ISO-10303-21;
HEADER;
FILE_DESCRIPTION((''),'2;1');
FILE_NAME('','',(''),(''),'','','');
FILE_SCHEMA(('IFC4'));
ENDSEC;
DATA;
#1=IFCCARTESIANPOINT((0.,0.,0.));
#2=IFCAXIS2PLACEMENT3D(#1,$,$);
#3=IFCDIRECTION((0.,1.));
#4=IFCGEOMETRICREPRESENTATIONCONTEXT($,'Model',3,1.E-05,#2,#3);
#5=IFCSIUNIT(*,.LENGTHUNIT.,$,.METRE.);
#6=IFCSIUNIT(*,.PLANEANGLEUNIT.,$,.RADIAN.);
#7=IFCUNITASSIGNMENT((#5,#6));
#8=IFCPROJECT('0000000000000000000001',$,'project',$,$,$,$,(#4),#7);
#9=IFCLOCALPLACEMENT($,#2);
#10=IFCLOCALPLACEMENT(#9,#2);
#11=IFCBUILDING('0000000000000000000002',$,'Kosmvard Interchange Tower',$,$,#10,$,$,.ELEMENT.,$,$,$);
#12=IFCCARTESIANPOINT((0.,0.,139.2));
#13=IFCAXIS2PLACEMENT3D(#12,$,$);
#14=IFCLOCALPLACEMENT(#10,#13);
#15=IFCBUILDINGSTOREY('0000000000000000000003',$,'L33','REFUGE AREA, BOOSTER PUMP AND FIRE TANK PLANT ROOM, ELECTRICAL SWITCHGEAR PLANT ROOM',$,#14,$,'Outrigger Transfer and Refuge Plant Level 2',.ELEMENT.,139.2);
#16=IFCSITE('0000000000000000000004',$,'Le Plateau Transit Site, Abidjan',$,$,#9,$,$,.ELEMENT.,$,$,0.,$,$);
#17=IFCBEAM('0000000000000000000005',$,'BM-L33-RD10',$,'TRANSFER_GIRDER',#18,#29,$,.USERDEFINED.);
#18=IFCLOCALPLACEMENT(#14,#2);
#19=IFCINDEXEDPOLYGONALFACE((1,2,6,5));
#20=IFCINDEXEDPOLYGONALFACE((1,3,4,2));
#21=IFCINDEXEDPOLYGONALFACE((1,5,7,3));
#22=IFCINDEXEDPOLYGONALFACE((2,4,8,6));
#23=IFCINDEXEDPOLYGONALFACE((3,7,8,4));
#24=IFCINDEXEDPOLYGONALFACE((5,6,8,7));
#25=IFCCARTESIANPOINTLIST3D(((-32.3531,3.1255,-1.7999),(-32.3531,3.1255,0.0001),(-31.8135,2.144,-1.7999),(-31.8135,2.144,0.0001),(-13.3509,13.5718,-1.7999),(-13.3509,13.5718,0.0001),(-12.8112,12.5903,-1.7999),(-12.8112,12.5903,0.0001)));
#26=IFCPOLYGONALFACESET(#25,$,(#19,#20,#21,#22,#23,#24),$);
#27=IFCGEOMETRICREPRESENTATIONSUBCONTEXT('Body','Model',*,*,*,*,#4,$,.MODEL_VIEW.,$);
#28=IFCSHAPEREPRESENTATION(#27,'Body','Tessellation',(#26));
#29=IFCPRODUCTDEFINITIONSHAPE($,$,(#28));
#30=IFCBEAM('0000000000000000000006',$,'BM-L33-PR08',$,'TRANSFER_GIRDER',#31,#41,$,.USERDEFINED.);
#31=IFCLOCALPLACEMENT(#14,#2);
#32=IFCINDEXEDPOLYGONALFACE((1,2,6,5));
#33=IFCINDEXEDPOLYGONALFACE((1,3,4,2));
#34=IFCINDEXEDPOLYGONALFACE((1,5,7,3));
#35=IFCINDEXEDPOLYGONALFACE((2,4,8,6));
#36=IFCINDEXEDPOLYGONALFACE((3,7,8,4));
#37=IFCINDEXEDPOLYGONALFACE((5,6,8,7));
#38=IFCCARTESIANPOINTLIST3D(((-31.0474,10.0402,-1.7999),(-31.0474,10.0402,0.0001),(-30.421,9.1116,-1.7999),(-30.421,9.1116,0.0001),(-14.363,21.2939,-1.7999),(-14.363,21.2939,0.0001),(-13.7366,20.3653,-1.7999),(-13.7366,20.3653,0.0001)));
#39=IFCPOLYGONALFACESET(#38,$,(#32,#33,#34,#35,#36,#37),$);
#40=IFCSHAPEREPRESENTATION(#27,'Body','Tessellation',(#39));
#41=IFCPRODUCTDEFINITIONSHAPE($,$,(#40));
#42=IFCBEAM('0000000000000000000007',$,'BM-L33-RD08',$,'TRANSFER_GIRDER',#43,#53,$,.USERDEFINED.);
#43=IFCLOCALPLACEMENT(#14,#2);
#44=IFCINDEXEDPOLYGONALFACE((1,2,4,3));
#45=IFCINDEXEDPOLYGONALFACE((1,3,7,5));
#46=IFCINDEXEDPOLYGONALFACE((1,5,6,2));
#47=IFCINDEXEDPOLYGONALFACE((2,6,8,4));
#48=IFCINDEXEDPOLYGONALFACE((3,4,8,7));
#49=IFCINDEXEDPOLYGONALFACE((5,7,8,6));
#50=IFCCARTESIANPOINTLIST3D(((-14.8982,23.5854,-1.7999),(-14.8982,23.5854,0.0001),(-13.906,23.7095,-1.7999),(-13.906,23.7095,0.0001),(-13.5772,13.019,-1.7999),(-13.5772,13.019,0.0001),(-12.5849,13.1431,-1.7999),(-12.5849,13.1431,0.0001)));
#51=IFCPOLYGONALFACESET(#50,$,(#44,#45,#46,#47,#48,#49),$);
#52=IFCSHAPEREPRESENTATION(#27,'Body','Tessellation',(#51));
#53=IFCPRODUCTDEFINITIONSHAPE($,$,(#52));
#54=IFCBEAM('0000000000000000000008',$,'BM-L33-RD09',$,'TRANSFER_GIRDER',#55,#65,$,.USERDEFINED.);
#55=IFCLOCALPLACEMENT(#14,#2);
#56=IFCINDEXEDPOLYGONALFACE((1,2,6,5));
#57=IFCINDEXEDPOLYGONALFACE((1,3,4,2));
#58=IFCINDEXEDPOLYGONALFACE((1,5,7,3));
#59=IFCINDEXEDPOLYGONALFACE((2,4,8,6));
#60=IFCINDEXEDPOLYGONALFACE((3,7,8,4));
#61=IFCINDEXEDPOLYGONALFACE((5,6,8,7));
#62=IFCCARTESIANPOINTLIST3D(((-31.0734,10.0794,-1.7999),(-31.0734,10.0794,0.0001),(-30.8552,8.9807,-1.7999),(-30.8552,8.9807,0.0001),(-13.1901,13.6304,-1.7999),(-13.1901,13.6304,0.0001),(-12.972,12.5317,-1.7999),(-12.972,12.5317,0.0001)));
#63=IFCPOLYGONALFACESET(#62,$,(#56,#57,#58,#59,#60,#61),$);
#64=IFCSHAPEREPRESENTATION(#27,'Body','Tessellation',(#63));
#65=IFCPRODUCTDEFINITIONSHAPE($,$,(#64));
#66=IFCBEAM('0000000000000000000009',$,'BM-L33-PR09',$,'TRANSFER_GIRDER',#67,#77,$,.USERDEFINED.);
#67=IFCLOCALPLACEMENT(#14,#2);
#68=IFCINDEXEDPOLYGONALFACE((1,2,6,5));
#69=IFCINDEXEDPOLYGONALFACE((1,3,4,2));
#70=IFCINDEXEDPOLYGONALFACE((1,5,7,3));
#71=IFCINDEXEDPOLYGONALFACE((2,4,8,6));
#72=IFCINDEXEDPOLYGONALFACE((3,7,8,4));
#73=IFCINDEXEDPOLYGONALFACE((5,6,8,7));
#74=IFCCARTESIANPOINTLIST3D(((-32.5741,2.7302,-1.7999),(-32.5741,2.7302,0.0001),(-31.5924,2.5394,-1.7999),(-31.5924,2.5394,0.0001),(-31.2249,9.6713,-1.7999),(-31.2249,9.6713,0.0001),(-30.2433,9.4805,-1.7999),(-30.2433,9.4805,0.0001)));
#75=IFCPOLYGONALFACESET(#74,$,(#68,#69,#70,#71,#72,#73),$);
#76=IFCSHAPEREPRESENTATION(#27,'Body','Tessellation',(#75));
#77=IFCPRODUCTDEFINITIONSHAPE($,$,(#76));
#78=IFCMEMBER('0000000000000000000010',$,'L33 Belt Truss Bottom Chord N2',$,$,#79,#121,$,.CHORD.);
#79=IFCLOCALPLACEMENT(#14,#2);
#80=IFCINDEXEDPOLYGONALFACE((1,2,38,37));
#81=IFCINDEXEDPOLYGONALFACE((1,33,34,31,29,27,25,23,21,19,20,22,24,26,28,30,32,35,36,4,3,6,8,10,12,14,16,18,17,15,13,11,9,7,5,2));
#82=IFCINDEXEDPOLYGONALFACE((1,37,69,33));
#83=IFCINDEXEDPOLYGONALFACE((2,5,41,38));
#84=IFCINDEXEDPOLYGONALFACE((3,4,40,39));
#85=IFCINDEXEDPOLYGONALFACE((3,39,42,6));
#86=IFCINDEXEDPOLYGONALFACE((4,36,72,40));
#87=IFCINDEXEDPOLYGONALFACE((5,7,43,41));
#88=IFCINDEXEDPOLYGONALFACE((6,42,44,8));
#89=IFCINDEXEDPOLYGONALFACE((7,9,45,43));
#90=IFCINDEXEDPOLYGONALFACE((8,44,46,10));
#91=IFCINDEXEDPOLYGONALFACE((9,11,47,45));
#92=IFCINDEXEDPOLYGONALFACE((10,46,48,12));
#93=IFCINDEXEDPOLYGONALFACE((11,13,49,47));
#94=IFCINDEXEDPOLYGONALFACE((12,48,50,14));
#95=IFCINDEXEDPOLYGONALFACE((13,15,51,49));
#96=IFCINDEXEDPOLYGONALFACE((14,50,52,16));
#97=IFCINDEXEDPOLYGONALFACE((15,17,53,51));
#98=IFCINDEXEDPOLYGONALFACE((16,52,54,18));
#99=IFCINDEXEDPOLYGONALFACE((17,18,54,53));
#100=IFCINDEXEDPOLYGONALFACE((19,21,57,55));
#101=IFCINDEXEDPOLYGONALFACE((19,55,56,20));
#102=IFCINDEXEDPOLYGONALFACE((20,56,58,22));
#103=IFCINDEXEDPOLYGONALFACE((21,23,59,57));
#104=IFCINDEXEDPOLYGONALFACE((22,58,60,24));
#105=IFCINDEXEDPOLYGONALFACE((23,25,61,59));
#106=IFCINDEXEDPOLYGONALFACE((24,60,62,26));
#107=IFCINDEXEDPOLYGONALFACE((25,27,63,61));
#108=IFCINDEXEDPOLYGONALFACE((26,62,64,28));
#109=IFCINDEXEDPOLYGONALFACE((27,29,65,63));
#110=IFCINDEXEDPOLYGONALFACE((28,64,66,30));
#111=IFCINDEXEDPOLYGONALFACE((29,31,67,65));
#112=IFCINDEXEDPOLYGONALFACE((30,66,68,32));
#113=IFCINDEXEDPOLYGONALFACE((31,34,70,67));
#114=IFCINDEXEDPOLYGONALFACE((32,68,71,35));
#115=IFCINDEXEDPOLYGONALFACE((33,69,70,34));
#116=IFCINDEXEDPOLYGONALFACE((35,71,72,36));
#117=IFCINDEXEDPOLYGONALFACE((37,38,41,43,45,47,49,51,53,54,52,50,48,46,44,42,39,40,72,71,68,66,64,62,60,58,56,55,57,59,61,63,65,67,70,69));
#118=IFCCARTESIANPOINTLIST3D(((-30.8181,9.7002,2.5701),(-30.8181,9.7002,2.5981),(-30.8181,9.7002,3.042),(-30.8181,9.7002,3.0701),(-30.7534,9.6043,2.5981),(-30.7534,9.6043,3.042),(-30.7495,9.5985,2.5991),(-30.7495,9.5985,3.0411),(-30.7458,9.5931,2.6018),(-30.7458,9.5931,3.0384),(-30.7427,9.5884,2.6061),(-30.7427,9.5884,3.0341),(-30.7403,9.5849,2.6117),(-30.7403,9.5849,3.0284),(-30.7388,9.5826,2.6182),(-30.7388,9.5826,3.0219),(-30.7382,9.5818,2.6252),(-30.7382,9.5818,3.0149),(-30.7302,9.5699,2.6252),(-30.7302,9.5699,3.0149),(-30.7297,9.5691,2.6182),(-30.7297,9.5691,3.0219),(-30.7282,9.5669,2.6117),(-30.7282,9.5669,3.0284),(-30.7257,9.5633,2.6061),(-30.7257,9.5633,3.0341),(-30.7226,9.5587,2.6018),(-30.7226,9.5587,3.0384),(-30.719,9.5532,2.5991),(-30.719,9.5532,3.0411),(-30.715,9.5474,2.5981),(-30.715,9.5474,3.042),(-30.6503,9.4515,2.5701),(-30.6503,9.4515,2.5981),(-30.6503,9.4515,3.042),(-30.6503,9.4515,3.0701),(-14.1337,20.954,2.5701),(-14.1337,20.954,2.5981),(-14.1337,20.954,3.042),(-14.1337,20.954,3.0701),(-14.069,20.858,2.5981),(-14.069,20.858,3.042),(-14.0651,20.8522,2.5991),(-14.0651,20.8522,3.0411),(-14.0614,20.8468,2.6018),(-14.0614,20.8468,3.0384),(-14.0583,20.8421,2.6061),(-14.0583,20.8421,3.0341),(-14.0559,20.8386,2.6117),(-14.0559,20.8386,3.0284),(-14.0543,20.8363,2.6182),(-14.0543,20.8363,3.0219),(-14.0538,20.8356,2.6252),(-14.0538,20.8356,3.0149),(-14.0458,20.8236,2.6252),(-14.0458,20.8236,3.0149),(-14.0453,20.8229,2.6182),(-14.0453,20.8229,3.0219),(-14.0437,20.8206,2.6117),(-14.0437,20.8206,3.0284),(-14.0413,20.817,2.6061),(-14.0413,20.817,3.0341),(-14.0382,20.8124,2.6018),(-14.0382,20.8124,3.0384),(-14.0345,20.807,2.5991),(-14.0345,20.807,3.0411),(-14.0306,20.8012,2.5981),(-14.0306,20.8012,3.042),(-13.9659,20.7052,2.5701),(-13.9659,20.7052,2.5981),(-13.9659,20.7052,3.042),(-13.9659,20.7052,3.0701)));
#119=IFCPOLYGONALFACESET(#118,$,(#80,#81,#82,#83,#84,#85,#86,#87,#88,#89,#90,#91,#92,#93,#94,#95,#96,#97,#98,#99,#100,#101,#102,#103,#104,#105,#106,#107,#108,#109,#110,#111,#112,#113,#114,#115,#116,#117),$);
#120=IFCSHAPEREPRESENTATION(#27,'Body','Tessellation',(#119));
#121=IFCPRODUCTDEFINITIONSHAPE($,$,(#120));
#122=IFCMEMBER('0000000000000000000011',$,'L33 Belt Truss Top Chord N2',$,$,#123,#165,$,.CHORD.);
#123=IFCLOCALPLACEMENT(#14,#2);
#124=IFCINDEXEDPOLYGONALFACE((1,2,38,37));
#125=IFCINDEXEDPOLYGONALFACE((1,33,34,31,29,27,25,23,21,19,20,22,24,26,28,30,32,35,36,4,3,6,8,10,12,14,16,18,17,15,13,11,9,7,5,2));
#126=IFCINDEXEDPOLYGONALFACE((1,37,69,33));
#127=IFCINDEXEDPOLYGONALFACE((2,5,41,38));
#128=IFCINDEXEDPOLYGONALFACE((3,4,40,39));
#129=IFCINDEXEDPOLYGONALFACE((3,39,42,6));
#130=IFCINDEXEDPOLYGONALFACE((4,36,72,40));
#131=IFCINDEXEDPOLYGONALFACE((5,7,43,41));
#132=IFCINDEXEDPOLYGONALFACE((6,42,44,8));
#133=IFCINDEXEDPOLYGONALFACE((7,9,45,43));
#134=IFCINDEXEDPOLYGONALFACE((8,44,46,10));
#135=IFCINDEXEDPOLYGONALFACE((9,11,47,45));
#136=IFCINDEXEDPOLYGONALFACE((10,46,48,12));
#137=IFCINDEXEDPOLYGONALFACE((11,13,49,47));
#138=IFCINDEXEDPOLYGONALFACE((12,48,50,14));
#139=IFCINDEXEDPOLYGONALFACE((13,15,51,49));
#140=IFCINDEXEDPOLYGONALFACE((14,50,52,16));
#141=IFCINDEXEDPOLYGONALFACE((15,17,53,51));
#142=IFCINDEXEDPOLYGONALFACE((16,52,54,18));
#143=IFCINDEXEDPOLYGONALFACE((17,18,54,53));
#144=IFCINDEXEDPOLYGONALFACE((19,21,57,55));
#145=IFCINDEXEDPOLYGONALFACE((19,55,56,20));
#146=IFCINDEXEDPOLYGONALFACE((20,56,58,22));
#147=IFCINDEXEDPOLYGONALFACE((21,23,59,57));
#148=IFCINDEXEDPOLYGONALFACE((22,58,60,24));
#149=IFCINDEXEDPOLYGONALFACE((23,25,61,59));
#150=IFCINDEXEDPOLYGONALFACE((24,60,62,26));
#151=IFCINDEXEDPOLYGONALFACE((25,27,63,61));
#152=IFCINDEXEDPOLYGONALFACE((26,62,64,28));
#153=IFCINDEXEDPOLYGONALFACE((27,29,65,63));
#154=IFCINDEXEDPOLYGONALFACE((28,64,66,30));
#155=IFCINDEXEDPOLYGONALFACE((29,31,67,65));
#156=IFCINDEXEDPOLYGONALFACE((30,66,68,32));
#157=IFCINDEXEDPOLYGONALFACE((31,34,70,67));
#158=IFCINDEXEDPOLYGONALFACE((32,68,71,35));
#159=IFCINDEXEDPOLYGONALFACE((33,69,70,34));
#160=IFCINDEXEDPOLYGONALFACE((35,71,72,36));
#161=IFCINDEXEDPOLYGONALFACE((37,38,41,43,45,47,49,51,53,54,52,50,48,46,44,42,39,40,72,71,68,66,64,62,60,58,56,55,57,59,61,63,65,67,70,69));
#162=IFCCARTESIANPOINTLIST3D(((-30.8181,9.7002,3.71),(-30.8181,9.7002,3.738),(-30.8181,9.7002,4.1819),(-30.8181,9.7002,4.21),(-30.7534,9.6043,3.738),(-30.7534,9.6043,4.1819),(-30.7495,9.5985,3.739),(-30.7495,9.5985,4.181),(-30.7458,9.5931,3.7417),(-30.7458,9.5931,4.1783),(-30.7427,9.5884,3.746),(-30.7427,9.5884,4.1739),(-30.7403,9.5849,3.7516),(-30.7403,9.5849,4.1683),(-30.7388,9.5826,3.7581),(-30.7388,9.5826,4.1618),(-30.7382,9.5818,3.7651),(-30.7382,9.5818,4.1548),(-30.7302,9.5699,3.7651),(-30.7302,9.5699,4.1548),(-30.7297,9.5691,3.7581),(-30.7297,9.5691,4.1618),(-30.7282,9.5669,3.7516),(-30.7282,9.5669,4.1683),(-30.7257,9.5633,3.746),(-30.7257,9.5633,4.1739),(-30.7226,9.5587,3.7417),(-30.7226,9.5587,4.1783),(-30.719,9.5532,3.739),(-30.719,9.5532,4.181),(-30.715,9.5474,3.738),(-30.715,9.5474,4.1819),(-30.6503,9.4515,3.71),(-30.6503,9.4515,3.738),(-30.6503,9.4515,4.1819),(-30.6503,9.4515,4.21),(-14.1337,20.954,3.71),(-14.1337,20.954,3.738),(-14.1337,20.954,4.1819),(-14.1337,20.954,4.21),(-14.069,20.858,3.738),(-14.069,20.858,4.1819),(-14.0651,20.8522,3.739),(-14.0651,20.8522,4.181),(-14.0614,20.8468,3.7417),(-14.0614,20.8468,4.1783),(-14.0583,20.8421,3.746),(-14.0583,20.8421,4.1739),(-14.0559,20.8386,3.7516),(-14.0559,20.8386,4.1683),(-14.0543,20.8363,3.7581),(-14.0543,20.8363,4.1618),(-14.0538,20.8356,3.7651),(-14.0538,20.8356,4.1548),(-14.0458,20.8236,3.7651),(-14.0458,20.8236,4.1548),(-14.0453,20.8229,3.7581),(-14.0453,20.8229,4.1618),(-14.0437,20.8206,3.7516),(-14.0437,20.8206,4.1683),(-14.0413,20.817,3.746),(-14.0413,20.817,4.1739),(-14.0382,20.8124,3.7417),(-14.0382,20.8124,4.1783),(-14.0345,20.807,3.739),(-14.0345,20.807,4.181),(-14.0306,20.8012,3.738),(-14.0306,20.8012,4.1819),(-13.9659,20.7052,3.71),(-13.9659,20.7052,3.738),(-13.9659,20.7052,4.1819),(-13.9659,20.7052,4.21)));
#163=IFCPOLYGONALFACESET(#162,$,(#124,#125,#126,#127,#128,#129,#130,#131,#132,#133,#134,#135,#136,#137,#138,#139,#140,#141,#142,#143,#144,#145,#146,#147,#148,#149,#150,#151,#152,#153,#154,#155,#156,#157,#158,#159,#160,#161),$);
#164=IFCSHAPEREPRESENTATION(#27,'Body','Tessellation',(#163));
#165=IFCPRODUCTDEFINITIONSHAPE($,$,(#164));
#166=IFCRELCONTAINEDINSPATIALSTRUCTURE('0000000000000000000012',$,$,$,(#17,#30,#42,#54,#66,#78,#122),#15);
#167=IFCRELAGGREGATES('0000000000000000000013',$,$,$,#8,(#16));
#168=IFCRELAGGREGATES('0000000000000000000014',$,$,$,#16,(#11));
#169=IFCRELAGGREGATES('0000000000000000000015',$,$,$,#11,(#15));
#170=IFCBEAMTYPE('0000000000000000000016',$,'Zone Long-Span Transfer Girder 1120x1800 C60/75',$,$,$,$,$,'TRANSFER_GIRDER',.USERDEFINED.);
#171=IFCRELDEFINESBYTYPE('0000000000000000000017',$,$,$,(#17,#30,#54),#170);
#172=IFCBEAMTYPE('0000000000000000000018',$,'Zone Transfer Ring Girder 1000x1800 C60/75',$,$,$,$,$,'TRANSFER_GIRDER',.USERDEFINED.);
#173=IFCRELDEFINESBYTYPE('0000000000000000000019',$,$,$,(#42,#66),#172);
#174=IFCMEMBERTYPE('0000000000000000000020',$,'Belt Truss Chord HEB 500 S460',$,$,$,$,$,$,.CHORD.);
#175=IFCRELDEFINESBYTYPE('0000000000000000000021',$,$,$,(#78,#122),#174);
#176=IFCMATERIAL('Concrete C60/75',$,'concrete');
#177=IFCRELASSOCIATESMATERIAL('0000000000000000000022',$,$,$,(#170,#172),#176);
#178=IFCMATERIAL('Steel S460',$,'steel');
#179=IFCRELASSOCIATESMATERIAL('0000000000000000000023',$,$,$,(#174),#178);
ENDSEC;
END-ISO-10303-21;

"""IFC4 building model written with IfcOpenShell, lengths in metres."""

from ifc_helpers import new_model, si_unit, direction, frame, origin, origin_2d, place, context, subcontext, project, spatial, rectangle, i_section, extrude, source, transform, mapped, material, material_profile, profile_set, type_object, element, save


model = new_model("IFC4")

# Units and contexts
model_context = context("Model", 3, precision=1e-05, world=origin(), true_north=direction((0.0, 1.0)))
body_context = subcontext(model_context, "Body", "Model", "MODEL_VIEW")
ifc_project = project(units=[si_unit("LENGTHUNIT", "METRE"), si_unit("PLANEANGLEUNIT", "RADIAN")], contexts=[model_context])

# Site, building, storey
site_placement = place(None, origin())
site = spatial("IfcSite", under=ifc_project, at=site_placement, Name="Le Plateau Transit Site, Abidjan", CompositionType="ELEMENT", RefElevation=0.0)
building_placement = place(site_placement, origin())
building = spatial("IfcBuilding", under=site, at=building_placement, Name="Kosmvard Interchange Tower", CompositionType="ELEMENT")
storey_placement = place(building_placement, frame((0.0, 0.0, 139.2)))
storey = spatial("IfcBuildingStorey", under=building, at=storey_placement, Name="L33", Description="REFUGE AREA, BOOSTER PUMP AND FIRE TANK PLANT ROOM, ELECTRICAL SWITCHGEAR PLANT ROOM", LongName="Outrigger Transfer and Refuge Plant Level 2", CompositionType="ELEMENT", Elevation=139.2)

# Shared definitions
ifc_material_1 = material(Name="Concrete C60/75", Category="concrete")
ifc_material_profile_1 = material_profile(ifc_material_1, rectangle(XDim=1.1201, YDim=1.8, at=origin_2d()), Name="TG 1120x1800")
ifc_profile_set_1 = profile_set([ifc_material_profile_1], Name="Concrete C60/75")
beam_type_1 = type_object("IfcBeamType", Name="Zone Long-Span Transfer Girder 1120x1800 C60/75", ElementType="TRANSFER_GIRDER", PredefinedType="USERDEFINED", material=ifc_profile_set_1)
ifc_material_profile_2 = material_profile(ifc_material_1, rectangle(XDim=1.0, YDim=1.8, at=origin_2d()), Name="TG 1000x1800")
ifc_profile_set_2 = profile_set([ifc_material_profile_2], Name="Concrete C60/75")
beam_type_2 = type_object("IfcBeamType", Name="Zone Transfer Ring Girder 1000x1800 C60/75", ElementType="TRANSFER_GIRDER", PredefinedType="USERDEFINED", material=ifc_profile_set_2)

# Shared definitions
ifc_material_2 = material(Name="Steel S460", Category="steel")

# Beams
shared_shape_1 = source(origin(), body_context, "Body", "SweptSolid", [
    extrude(rectangle(XDim=1.1201, YDim=1.8, at=origin_2d()), origin(), (0.0, 0.0, 1.0), 21.6843),
])
beam_1_placement = place(storey_placement, frame((-13.0811, 13.0811, -0.8999), z_axis=(-0.876312, -0.481745, 0.0), x_axis=(0.481745, -0.876312, 0.0)))
element("IfcBeam", 1, at=beam_1_placement, inside=storey, type_object=beam_type_1, Name="BM-L33-RD10", ObjectType="TRANSFER_GIRDER", PredefinedType="USERDEFINED", context=body_context, shape_type="MappedRepresentation", body=[
    mapped(shared_shape_1, transform((0.0, 0.0, 0.0), scale=1.0)),
])
shared_shape_2 = source(origin(), body_context, "Body", "SweptSolid", [
    extrude(rectangle(XDim=1.1201, YDim=1.8, at=origin_2d()), origin(), (0.0, 0.0, 1.0), 20.125),
])
beam_2_placement = place(storey_placement, frame((-14.0498, 20.8296, -0.8999), z_axis=(-0.829039, -0.559191, 0.0), x_axis=(0.559191, -0.829039, 0.0)))
element("IfcBeam", 2, at=beam_2_placement, inside=storey, type_object=beam_type_1, Name="BM-L33-PR08", ObjectType="TRANSFER_GIRDER", PredefinedType="USERDEFINED", context=body_context, shape_type="MappedRepresentation", body=[
    mapped(shared_shape_2, transform((0.0, 0.0, 0.0), scale=1.0)),
])
shared_shape_3 = source(origin(), body_context, "Body", "SweptSolid", [
    extrude(rectangle(XDim=1.0, YDim=1.8, at=origin_2d()), origin(), (0.0, 0.0, 1.0), 10.6487),
])
beam_3_placement = place(storey_placement, frame((-13.0811, 13.0811, -0.8999), z_axis=(-0.124057, 0.992275, 0.0), x_axis=(-0.992275, -0.124057, 0.0)))
element("IfcBeam", 3, at=beam_3_placement, inside=storey, type_object=beam_type_2, Name="BM-L33-RD08", ObjectType="TRANSFER_GIRDER", PredefinedType="USERDEFINED", context=body_context, shape_type="MappedRepresentation", body=[
    mapped(shared_shape_3, transform((0.0, 0.0, 0.0), scale=1.0)),
])
shared_shape_4 = source(origin(), body_context, "Body", "SweptSolid", [
    extrude(rectangle(XDim=1.1201, YDim=1.8, at=origin_2d()), origin(), (0.0, 0.0, 1.0), 18.2324),
])
beam_4_placement = place(storey_placement, frame((-13.0811, 13.0811, -0.8999), z_axis=(-0.98085, -0.194764, 0.0), x_axis=(0.194764, -0.98085, 0.0)))
element("IfcBeam", 4, at=beam_4_placement, inside=storey, type_object=beam_type_1, Name="BM-L33-RD09", ObjectType="TRANSFER_GIRDER", PredefinedType="USERDEFINED", context=body_context, shape_type="MappedRepresentation", body=[
    mapped(shared_shape_4, transform((0.0, 0.0, 0.0), scale=1.0)),
])
shared_shape_5 = source(origin(), body_context, "Body", "SweptSolid", [
    extrude(rectangle(XDim=1.0, YDim=1.8, at=origin_2d()), origin(), (0.0, 0.0, 1.0), 7.071),
])
beam_5_placement = place(storey_placement, frame((-30.7341, 9.5759, -0.8999), z_axis=(-0.190795, -0.98163, 0.0), x_axis=(0.98163, -0.190795, 0.0)))
element("IfcBeam", 5, at=beam_5_placement, inside=storey, type_object=beam_type_2, Name="BM-L33-PR09", ObjectType="TRANSFER_GIRDER", PredefinedType="USERDEFINED", context=body_context, shape_type="MappedRepresentation", body=[
    mapped(shared_shape_5, transform((0.0, 0.0, 0.0), scale=1.0)),
])

# Members
ifc_material_profile_3 = material_profile(ifc_material_2, i_section(OverallWidth=0.3, OverallDepth=0.5, WebThickness=0.0144, FlangeThickness=0.0281, FilletRadius=0.0271, at=origin_2d()), Name="HEB 500")
ifc_profile_set_3 = profile_set([ifc_material_profile_3], Name="Steel S460")
member_type_1 = type_object("IfcMemberType", Name="Belt Truss Chord HEB 500 S460", PredefinedType="CHORD", material=ifc_profile_set_3)
shared_shape_6 = source(origin(), body_context, "Body", "SweptSolid", [
    extrude(i_section(OverallWidth=0.3, OverallDepth=0.5, WebThickness=0.0144, FlangeThickness=0.0281, FilletRadius=0.0271, at=origin_2d()), origin(), (0.0, 0.0, 1.0), 20.125),
])
for number, where, z_axis, x_axis, name in (
    (6, (-14.0498, 20.8296, 2.8201), (-0.829039, -0.559191, 0.0), (0.559191, -0.829039, 0.0), "L33 Belt Truss Bottom Chord N2"),
    (7, (-14.0498, 20.8296, 3.96), (-0.829039, -0.559191, 0.0), (0.559191, -0.829039, 0.0), "L33 Belt Truss Top Chord N2"),
):
    element("IfcMember", number, at=place(storey_placement, frame(where, z_axis=z_axis, x_axis=x_axis)), inside=storey, type_object=member_type_1, Name=name, PredefinedType="CHORD", context=body_context, shape_type="MappedRepresentation", body=[
        mapped(shared_shape_6, transform((0.0, 0.0, 0.0), scale=1.0)),
    ])

save(model, "model.ifc")
